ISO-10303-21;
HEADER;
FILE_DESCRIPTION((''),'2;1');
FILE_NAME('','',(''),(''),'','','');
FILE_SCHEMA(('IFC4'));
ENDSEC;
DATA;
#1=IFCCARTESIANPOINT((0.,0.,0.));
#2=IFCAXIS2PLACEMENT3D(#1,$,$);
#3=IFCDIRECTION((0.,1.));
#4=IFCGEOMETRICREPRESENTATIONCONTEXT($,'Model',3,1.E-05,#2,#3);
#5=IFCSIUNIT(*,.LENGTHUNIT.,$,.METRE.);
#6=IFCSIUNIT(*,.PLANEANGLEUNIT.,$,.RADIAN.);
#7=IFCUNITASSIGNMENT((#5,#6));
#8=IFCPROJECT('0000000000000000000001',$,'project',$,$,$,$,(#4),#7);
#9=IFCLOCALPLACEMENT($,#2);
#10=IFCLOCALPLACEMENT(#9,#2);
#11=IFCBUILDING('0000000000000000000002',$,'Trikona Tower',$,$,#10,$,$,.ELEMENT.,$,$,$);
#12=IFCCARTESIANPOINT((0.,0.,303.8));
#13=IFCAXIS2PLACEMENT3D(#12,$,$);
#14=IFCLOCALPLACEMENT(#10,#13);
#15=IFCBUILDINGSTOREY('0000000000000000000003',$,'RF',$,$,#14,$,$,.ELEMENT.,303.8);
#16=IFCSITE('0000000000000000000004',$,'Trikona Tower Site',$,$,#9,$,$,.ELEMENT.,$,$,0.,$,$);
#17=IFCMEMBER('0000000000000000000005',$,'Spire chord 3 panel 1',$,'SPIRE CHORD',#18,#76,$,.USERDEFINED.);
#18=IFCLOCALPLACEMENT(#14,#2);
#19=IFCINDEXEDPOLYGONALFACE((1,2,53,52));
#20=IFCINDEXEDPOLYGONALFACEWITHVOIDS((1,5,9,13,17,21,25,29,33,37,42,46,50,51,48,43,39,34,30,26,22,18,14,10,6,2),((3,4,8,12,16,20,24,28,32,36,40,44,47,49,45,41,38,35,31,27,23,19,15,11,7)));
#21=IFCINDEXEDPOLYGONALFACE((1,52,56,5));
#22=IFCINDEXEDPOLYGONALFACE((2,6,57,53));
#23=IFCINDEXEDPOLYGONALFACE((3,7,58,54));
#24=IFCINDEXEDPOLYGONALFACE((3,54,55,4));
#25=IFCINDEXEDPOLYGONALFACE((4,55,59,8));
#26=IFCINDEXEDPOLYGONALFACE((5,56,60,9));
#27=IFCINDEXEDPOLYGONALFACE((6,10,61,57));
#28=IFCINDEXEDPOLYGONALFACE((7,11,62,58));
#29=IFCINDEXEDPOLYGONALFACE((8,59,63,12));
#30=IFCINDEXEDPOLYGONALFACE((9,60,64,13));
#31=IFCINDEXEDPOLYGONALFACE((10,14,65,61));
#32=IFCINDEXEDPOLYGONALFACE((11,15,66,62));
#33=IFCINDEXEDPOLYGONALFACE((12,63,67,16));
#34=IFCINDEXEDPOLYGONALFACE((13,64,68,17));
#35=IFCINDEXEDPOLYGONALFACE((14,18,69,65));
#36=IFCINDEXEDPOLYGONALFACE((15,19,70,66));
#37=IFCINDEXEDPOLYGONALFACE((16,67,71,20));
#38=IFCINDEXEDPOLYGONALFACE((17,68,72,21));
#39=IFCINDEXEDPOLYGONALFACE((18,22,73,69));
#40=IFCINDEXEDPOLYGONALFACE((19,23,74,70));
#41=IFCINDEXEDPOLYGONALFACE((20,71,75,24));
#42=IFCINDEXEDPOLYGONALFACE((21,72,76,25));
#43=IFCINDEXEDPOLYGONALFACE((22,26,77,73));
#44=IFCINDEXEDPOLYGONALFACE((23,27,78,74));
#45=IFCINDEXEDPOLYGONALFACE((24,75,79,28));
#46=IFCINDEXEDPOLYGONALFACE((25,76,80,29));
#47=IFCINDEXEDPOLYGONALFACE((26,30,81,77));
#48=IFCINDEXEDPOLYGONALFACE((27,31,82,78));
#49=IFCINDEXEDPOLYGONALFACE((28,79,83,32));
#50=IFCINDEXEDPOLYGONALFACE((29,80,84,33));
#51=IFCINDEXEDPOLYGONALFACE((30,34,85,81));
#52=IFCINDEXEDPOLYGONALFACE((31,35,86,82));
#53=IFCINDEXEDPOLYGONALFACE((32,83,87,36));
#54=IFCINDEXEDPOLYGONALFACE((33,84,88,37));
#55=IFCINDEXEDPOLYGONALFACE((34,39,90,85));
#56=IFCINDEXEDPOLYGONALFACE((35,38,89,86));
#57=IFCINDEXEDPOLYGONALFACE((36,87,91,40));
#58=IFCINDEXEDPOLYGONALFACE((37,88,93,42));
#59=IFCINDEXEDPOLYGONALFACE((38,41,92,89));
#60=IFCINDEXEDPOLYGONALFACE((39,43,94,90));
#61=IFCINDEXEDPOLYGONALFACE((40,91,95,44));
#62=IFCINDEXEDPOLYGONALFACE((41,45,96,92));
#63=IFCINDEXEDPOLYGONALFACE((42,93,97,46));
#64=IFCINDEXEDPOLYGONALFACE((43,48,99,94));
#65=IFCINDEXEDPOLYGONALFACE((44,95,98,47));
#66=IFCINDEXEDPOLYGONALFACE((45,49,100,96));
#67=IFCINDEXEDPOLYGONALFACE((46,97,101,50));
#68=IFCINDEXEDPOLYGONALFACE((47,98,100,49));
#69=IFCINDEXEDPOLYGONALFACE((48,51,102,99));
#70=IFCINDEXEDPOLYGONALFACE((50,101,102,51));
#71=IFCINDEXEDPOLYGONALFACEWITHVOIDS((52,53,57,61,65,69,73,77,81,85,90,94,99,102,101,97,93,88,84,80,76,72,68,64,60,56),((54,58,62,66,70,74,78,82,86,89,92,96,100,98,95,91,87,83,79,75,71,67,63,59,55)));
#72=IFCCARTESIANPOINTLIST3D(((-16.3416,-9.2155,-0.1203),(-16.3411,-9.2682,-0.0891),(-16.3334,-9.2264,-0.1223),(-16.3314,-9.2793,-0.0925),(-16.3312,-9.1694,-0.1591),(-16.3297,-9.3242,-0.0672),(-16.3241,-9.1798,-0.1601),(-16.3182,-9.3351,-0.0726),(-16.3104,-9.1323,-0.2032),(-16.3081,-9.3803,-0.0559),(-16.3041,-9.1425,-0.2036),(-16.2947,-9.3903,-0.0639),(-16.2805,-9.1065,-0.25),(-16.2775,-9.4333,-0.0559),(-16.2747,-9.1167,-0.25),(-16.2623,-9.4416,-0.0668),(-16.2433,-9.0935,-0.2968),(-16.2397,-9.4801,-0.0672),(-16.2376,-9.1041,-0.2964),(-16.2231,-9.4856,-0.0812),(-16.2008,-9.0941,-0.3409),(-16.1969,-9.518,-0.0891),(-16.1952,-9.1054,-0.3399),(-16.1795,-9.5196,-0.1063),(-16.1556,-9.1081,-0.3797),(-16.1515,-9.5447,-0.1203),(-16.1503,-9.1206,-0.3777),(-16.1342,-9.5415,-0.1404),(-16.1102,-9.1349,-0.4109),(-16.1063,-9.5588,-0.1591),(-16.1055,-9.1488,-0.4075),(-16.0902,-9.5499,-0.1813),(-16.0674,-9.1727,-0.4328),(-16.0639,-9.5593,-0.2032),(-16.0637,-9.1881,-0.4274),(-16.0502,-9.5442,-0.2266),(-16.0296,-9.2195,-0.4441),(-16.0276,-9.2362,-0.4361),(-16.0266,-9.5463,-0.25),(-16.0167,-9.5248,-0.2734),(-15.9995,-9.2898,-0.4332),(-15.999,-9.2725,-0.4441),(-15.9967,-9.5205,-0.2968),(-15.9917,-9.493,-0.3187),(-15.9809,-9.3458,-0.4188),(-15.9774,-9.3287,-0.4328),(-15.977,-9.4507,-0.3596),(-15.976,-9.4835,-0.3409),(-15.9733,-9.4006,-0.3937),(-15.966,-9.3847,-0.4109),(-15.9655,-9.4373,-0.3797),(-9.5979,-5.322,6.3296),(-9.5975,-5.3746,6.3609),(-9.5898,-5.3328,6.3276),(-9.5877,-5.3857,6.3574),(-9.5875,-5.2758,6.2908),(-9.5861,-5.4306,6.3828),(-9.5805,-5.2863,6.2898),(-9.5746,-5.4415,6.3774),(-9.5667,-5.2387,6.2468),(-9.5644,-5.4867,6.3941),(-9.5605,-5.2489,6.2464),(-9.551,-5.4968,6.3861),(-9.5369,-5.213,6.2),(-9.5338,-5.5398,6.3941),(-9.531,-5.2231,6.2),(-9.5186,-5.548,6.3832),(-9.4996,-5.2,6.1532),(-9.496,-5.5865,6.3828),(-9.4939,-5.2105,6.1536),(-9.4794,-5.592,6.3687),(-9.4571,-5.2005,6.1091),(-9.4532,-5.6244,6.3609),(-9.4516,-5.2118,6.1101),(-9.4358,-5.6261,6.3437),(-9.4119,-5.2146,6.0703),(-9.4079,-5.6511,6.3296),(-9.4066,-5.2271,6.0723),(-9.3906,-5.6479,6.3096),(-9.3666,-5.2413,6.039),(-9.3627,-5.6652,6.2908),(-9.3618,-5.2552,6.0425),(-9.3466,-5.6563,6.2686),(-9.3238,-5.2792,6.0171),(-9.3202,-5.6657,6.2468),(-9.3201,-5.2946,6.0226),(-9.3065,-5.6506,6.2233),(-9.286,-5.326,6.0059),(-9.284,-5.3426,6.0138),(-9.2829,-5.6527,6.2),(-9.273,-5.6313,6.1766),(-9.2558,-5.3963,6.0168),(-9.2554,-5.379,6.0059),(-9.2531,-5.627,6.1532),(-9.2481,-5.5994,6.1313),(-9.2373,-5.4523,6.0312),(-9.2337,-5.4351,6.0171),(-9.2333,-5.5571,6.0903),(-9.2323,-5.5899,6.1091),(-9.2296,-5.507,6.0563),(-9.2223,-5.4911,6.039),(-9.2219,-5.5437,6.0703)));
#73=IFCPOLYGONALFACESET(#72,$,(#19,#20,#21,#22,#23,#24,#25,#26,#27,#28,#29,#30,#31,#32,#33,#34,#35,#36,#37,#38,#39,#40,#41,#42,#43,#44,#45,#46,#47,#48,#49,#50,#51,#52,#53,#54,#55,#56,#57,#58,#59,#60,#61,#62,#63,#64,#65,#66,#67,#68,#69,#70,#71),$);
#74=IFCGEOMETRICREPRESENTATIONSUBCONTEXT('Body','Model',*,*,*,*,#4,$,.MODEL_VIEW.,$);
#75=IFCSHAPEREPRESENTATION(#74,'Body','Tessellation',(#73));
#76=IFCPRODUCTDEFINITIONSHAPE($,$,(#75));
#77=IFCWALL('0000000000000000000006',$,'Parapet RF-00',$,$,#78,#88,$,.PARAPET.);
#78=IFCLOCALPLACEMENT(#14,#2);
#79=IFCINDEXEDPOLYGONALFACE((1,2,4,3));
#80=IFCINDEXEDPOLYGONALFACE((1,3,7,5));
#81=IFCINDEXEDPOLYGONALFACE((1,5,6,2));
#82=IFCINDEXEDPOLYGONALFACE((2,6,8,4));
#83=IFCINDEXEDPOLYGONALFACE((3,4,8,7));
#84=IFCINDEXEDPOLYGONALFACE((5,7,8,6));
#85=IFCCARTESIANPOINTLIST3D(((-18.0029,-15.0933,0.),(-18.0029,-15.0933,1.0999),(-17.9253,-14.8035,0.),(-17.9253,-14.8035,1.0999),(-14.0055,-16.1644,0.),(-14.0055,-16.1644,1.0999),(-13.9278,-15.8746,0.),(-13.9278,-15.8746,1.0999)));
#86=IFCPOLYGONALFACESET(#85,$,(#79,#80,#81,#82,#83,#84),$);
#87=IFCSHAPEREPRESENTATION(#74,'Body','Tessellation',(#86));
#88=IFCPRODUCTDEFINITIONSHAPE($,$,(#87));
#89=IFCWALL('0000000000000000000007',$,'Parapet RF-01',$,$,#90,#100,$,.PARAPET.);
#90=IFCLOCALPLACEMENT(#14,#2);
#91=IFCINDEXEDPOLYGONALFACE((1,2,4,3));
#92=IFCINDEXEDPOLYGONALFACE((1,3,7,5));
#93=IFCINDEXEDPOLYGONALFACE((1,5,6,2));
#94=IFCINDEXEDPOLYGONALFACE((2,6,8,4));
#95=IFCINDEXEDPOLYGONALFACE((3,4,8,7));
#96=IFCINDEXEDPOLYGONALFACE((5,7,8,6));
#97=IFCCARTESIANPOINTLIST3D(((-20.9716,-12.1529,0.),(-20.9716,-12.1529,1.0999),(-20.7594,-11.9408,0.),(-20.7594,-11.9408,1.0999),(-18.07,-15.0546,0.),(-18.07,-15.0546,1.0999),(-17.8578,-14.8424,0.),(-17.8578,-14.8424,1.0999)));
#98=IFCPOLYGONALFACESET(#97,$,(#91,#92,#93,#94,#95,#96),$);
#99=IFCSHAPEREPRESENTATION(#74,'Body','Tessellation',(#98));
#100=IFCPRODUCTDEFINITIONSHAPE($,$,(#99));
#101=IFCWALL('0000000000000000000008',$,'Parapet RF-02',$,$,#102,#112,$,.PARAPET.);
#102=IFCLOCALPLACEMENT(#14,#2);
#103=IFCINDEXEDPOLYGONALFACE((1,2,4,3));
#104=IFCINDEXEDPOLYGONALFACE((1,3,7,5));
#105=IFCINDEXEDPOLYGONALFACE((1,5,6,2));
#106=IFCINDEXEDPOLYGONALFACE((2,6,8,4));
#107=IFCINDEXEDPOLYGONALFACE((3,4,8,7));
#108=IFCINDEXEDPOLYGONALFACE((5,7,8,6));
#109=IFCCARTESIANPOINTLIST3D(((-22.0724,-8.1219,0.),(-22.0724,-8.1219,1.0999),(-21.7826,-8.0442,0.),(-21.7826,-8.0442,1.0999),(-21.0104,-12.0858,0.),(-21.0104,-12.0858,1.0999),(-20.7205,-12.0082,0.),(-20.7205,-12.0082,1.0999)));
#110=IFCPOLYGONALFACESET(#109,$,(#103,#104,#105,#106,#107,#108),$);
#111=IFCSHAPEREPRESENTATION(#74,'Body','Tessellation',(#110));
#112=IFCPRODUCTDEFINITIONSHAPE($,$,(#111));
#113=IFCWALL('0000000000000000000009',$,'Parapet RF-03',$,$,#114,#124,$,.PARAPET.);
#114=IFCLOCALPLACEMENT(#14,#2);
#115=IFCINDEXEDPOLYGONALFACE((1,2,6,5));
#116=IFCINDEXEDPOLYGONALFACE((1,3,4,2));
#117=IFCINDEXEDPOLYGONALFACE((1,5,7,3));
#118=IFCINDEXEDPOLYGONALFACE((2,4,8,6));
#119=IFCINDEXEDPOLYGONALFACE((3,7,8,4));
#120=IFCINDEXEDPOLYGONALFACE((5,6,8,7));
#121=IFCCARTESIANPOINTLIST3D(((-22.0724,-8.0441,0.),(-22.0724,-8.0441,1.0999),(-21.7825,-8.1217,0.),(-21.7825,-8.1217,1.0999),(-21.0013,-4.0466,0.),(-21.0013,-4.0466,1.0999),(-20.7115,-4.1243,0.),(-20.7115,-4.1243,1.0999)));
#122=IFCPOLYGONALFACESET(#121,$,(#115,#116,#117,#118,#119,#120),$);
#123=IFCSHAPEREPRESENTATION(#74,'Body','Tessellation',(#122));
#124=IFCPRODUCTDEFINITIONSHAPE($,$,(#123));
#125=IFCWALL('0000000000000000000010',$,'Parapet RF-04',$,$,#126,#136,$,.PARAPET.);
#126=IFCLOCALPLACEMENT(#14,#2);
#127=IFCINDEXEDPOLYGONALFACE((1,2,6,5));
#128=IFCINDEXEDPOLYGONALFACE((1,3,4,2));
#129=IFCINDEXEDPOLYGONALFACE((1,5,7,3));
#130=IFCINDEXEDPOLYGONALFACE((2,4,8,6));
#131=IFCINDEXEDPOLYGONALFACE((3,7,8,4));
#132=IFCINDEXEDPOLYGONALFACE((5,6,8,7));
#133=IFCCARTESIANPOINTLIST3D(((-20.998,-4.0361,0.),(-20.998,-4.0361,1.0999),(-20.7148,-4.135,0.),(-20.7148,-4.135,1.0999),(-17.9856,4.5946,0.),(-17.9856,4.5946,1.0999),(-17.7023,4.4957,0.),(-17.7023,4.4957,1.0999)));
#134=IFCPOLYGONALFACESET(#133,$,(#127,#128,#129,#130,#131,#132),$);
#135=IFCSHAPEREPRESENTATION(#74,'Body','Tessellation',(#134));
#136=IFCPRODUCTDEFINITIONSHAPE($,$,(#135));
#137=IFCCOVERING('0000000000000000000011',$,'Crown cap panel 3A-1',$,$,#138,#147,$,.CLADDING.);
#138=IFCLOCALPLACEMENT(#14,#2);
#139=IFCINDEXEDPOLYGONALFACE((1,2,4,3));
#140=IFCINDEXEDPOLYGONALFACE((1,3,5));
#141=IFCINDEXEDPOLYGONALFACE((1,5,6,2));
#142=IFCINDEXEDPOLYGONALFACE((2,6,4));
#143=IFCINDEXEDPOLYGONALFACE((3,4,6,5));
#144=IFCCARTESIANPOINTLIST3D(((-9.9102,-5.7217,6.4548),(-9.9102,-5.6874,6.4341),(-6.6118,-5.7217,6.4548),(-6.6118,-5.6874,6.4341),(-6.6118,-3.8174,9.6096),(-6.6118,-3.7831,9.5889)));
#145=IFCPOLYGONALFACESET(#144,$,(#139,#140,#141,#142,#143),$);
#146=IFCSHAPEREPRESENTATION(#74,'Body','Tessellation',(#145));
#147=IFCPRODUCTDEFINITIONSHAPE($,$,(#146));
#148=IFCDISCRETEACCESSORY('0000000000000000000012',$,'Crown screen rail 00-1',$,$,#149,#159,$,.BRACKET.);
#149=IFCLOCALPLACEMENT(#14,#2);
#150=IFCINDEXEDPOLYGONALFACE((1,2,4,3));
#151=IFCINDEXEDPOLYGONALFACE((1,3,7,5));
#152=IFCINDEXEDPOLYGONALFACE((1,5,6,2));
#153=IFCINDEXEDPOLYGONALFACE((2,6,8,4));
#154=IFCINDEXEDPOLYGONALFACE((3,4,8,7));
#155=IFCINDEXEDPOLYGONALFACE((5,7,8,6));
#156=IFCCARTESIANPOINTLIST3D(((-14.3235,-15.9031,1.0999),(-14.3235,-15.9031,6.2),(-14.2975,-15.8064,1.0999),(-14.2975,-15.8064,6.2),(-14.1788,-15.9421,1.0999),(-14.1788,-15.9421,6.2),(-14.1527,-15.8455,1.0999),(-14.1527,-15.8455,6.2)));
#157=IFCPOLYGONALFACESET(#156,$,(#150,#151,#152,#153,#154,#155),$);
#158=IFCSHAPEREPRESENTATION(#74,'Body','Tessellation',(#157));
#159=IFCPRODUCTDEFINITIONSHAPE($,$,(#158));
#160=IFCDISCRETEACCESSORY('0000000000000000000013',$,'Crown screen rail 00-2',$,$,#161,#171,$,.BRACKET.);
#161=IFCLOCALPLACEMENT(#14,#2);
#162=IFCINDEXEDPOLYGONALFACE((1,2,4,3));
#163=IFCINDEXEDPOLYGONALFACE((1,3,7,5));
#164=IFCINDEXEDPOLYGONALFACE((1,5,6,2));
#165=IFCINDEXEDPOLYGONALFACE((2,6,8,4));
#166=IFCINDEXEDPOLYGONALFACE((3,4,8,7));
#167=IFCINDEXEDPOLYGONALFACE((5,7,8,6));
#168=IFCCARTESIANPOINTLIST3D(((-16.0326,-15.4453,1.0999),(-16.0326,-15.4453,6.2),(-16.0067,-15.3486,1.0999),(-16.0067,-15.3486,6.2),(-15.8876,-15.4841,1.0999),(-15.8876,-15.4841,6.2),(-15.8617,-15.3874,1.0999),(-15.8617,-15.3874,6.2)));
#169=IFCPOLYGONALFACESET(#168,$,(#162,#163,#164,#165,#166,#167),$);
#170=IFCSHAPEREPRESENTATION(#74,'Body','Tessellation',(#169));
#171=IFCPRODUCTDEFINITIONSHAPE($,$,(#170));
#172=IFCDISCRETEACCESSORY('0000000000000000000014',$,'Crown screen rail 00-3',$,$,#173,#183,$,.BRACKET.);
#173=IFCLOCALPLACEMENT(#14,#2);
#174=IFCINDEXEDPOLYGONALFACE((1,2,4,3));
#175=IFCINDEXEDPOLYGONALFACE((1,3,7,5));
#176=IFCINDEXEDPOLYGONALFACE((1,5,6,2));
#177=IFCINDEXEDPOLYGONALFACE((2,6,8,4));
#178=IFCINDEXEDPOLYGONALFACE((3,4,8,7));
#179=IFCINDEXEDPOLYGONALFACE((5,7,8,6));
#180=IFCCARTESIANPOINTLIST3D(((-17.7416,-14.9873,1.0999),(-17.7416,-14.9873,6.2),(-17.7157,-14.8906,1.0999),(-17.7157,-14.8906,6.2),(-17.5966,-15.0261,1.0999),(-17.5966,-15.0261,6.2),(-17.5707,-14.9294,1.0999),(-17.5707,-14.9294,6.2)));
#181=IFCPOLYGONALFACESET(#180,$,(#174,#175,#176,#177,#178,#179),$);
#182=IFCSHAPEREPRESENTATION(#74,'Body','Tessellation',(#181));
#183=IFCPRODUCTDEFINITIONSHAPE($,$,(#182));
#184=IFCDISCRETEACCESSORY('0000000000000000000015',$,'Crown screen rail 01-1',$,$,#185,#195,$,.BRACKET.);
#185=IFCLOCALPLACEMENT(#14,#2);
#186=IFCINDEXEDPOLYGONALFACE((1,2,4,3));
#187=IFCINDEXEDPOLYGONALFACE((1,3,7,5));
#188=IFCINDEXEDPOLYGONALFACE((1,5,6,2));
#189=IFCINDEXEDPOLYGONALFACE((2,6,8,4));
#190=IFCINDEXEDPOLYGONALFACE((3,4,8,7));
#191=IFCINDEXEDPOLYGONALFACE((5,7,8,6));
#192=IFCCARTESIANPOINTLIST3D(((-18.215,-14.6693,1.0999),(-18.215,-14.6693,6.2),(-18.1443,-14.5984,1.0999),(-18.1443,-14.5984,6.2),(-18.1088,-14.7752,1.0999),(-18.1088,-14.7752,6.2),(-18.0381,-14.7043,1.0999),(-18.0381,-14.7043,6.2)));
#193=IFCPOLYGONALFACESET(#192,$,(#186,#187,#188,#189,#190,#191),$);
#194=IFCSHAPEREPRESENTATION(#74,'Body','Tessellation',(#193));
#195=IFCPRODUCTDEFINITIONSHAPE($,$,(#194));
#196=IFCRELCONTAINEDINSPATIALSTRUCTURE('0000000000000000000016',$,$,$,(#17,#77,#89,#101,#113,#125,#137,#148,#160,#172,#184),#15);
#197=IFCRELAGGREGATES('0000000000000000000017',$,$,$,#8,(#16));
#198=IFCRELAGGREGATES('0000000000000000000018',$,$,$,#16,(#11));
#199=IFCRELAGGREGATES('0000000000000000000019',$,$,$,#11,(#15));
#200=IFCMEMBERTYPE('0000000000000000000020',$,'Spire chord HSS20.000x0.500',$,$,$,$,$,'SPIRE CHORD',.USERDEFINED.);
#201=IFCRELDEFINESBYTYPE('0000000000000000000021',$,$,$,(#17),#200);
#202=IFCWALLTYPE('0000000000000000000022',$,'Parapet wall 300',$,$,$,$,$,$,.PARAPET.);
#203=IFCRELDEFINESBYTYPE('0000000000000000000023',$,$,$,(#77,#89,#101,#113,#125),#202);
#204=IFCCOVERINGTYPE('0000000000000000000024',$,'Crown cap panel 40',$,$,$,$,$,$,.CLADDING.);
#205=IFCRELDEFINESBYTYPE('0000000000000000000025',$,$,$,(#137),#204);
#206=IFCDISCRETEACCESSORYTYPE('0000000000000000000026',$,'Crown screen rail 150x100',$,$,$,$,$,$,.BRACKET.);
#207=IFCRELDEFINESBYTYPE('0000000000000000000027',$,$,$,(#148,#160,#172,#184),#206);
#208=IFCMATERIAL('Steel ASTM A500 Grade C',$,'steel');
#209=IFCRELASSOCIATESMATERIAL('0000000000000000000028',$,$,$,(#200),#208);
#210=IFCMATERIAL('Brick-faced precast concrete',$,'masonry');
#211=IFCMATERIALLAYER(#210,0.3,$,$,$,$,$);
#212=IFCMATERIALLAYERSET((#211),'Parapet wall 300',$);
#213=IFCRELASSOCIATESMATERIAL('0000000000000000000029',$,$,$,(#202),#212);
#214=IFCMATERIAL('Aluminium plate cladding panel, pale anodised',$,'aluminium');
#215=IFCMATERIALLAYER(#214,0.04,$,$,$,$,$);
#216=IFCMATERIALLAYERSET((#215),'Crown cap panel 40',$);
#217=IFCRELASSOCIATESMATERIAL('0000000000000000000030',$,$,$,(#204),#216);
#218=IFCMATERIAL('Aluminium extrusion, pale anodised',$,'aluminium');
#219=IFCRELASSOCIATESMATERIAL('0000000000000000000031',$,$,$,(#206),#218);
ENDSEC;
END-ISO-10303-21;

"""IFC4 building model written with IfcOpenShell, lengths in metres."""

from ifc_helpers import new_model, si_unit, direction, frame, frame_2d, origin, origin_2d, place, context, subcontext, project, spatial, polyline, rectangle, hollow_circle, outline, extrude, material, layer, layer_set, material_profile, profile_set, type_object, element, save


model = new_model("IFC4")

# Units and contexts
model_context = context("Model", 3, precision=1e-05, world=origin(), true_north=direction((0.0, 1.0)))
body_context = subcontext(model_context, "Body", "Model", "MODEL_VIEW")
ifc_project = project(units=[si_unit("LENGTHUNIT", "METRE"), si_unit("PLANEANGLEUNIT", "RADIAN")], contexts=[model_context])

# Site, building, storey
site_placement = place(None, origin())
site = spatial("IfcSite", under=ifc_project, at=site_placement, Name="Trikona Tower Site", CompositionType="ELEMENT", RefElevation=0.0)
building_placement = place(site_placement, origin())
building = spatial("IfcBuilding", under=site, at=building_placement, Name="Trikona Tower", CompositionType="ELEMENT")
storey_placement = place(building_placement, frame((0.0, 0.0, 303.8)))
storey = spatial("IfcBuildingStorey", under=building, at=storey_placement, Name="RF", CompositionType="ELEMENT", Elevation=303.8)

# Member
ifc_material_1 = material(Name="Steel ASTM A500 Grade C", Category="steel")
ifc_material_profile_1 = material_profile(ifc_material_1, hollow_circle(Radius=0.2539, WallThickness=0.0117, at=origin_2d()), Name="HSS20.000X0.500")
ifc_profile_set_1 = profile_set([ifc_material_profile_1], Name="Steel ASTM A500 Grade C")
member_type = type_object("IfcMemberType", Name="Spire chord HSS20.000x0.500", ElementType="SPIRE CHORD", PredefinedType="USERDEFINED", material=ifc_profile_set_1)
member_placement = place(storey_placement, frame((-16.1536, -9.3264, -0.25), z_axis=(0.666942, 0.385069, 0.637895), x_axis=(-0.50001, 0.86602, 0.0)))
element("IfcMember", 1, at=member_placement, inside=storey, type_object=member_type, Name="Spire chord 3 panel 1", ObjectType="SPIRE CHORD", PredefinedType="USERDEFINED", context=body_context, shape_type="SweptSolid", body=[
    extrude(hollow_circle(Radius=0.2539, WallThickness=0.0117, at=origin_2d()), origin(), (0.0, 0.0, 1.0), 10.1113),
])

# Walls
ifc_material_2 = material(Name="Brick-faced precast concrete", Category="masonry")
ifc_layer_1 = layer(ifc_material_2, 0.3)
ifc_layer_set_1 = layer_set([ifc_layer_1], Name="Parapet wall 300")
wall_type = type_object("IfcWallType", Name="Parapet wall 300", PredefinedType="PARAPET", material=ifc_layer_set_1)
wall_1_placement = place(storey_placement, frame((-13.9666, -16.0195, 0.0), z_axis=(0.0, 0.0, 1.0), x_axis=(-0.965928, 0.258812, 0.0)))
element("IfcWall", 2, at=wall_1_placement, inside=storey, type_object=wall_type, Name="Parapet RF-00", PredefinedType="PARAPET", context=body_context, shape_type="SweptSolid", body=[
    extrude(rectangle(XDim=4.1384, YDim=0.3, at=frame_2d((2.0693, 0.0))), origin(), (0.0, 0.0, 1.0), 1.0999),
])
wall_2_placement = place(storey_placement, frame((-17.9639, -14.9485, 0.0), z_axis=(0.0, 0.0, 1.0), x_axis=(-0.707107, 0.707107, 0.0)))
element("IfcWall", 3, at=wall_2_placement, inside=storey, type_object=wall_type, Name="Parapet RF-01", PredefinedType="PARAPET", context=body_context, shape_type="SweptSolid", body=[
    extrude(rectangle(XDim=4.1035, YDim=0.3, at=frame_2d((2.0518, 0.0))), origin(), (0.0, 0.0, 1.0), 1.0999),
])
wall_3_placement = place(storey_placement, frame((-20.8655, -12.0469, 0.0), z_axis=(0.0, 0.0, 1.0), x_axis=(-0.258796, 0.965932, 0.0)))
element("IfcWall", 4, at=wall_3_placement, inside=storey, type_object=wall_type, Name="Parapet RF-02", PredefinedType="PARAPET", context=body_context, shape_type="SweptSolid", body=[
    extrude(rectangle(XDim=4.1038, YDim=0.3, at=frame_2d((2.0518, 0.0))), origin(), (0.0, 0.0, 1.0), 1.0999),
])
wall_4_placement = place(storey_placement, frame((-21.9275, -8.083, 0.0), z_axis=(0.0, 0.0, 1.0), x_axis=(0.258812, 0.965928, 0.0)))
element("IfcWall", 5, at=wall_4_placement, inside=storey, type_object=wall_type, Name="Parapet RF-03", PredefinedType="PARAPET", context=body_context, shape_type="SweptSolid", body=[
    extrude(rectangle(XDim=4.1384, YDim=0.3, at=frame_2d((2.0693, 0.0))), origin(), (0.0, 0.0, 1.0), 1.0999),
])
wall_5_placement = place(storey_placement, frame((-20.8564, -4.0857, 0.0), z_axis=(0.0, 0.0, 1.0), x_axis=(0.329545, 0.94414, 0.0)))
element("IfcWall", 6, at=wall_5_placement, inside=storey, type_object=wall_type, Name="Parapet RF-04", PredefinedType="PARAPET", context=body_context, shape_type="SweptSolid", body=[
    extrude(rectangle(XDim=9.1414, YDim=0.3, at=frame_2d((4.5708, 0.0))), origin(), (0.0, 0.0, 1.0), 1.0999),
])

# Covering
ifc_material_3 = material(Name="Aluminium plate cladding panel, pale anodised", Category="aluminium")
ifc_layer_2 = layer(ifc_material_3, 0.04)
ifc_layer_set_2 = layer_set([ifc_layer_2], Name="Crown cap panel 40")
covering_type = type_object("IfcCoveringType", Name="Crown cap panel 40", PredefinedType="CLADDING", material=ifc_layer_set_2)
covering_placement = place(storey_placement, frame((-9.9102, -5.7217, 6.4548), z_axis=(0.0, -0.856122, 0.516774), x_axis=(1.0, 0.0, 0.0)))
element("IfcCovering", 7, at=covering_placement, inside=storey, type_object=covering_type, Name="Crown cap panel 3A-1", PredefinedType="CLADDING", context=body_context, shape_type="SweptSolid", body=[
    extrude(outline(polyline([(0.0, 0.0), (3.2983, 0.0), (3.2983, 3.685), (0.0, 0.0)])), origin(), (0.0, 0.0, -1.0), 0.04),
])

# Discrete accessories
ifc_material_4 = material(Name="Aluminium extrusion, pale anodised", Category="aluminium")
discrete_accessory_type_1 = type_object("IfcDiscreteAccessoryType", Name="Crown screen rail 150x100", PredefinedType="BRACKET", material=ifc_material_4)
discrete_accessory_1_placement = place(storey_placement, frame((-14.1658, -15.8938, 1.0999), z_axis=(0.0, 0.0, 1.0), x_axis=(-0.965474, 0.260499, 0.0)))
element("IfcDiscreteAccessory", 8, at=discrete_accessory_1_placement, inside=storey, type_object=discrete_accessory_type_1, Name="Crown screen rail 00-1", PredefinedType="BRACKET", context=body_context, shape_type="SweptSolid", body=[
    extrude(rectangle(XDim=0.1499, YDim=0.1001, at=frame_2d((0.075, 0.0))), origin(), (0.0, 0.0, 1.0), 5.1001),
])
for number, where, z_axis, x_axis, name in (
    (9, (-15.8745, -15.4358, 1.0999), (0.0, 0.0, 1.0), (-0.965992, 0.258574, 0.0), "Crown screen rail 00-2"),
    (10, (-17.5835, -14.9778, 1.0999), (0.0, 0.0, 1.0), (-0.965992, 0.258574, 0.0), "Crown screen rail 00-3"),
):
    element("IfcDiscreteAccessory", number, at=place(storey_placement, frame(where, z_axis=z_axis, x_axis=x_axis)), inside=storey, type_object=discrete_accessory_type_1, Name=name, PredefinedType="BRACKET", context=body_context, shape_type="SweptSolid", body=[
        extrude(rectangle(XDim=0.1501, YDim=0.1001, at=frame_2d((0.0752, 0.0))), origin(), (0.0, 0.0, 1.0), 5.1001),
    ])
for number, where, z_axis, x_axis, name in (
    (11, (-18.0735, -14.7397, 1.0999), (0.0, 0.0, 1.0), (-0.70792, 0.706293, 0.0), "Crown screen rail 01-1"),
):
    element("IfcDiscreteAccessory", number, at=place(storey_placement, frame(where, z_axis=z_axis, x_axis=x_axis)), inside=storey, type_object=discrete_accessory_type_1, Name=name, PredefinedType="BRACKET", context=body_context, shape_type="SweptSolid", body=[
        extrude(rectangle(XDim=0.1499, YDim=0.1001, at=frame_2d((0.075, 0.0))), origin(), (0.0, 0.0, 1.0), 5.1001),
    ])

save(model, "model.ifc")
